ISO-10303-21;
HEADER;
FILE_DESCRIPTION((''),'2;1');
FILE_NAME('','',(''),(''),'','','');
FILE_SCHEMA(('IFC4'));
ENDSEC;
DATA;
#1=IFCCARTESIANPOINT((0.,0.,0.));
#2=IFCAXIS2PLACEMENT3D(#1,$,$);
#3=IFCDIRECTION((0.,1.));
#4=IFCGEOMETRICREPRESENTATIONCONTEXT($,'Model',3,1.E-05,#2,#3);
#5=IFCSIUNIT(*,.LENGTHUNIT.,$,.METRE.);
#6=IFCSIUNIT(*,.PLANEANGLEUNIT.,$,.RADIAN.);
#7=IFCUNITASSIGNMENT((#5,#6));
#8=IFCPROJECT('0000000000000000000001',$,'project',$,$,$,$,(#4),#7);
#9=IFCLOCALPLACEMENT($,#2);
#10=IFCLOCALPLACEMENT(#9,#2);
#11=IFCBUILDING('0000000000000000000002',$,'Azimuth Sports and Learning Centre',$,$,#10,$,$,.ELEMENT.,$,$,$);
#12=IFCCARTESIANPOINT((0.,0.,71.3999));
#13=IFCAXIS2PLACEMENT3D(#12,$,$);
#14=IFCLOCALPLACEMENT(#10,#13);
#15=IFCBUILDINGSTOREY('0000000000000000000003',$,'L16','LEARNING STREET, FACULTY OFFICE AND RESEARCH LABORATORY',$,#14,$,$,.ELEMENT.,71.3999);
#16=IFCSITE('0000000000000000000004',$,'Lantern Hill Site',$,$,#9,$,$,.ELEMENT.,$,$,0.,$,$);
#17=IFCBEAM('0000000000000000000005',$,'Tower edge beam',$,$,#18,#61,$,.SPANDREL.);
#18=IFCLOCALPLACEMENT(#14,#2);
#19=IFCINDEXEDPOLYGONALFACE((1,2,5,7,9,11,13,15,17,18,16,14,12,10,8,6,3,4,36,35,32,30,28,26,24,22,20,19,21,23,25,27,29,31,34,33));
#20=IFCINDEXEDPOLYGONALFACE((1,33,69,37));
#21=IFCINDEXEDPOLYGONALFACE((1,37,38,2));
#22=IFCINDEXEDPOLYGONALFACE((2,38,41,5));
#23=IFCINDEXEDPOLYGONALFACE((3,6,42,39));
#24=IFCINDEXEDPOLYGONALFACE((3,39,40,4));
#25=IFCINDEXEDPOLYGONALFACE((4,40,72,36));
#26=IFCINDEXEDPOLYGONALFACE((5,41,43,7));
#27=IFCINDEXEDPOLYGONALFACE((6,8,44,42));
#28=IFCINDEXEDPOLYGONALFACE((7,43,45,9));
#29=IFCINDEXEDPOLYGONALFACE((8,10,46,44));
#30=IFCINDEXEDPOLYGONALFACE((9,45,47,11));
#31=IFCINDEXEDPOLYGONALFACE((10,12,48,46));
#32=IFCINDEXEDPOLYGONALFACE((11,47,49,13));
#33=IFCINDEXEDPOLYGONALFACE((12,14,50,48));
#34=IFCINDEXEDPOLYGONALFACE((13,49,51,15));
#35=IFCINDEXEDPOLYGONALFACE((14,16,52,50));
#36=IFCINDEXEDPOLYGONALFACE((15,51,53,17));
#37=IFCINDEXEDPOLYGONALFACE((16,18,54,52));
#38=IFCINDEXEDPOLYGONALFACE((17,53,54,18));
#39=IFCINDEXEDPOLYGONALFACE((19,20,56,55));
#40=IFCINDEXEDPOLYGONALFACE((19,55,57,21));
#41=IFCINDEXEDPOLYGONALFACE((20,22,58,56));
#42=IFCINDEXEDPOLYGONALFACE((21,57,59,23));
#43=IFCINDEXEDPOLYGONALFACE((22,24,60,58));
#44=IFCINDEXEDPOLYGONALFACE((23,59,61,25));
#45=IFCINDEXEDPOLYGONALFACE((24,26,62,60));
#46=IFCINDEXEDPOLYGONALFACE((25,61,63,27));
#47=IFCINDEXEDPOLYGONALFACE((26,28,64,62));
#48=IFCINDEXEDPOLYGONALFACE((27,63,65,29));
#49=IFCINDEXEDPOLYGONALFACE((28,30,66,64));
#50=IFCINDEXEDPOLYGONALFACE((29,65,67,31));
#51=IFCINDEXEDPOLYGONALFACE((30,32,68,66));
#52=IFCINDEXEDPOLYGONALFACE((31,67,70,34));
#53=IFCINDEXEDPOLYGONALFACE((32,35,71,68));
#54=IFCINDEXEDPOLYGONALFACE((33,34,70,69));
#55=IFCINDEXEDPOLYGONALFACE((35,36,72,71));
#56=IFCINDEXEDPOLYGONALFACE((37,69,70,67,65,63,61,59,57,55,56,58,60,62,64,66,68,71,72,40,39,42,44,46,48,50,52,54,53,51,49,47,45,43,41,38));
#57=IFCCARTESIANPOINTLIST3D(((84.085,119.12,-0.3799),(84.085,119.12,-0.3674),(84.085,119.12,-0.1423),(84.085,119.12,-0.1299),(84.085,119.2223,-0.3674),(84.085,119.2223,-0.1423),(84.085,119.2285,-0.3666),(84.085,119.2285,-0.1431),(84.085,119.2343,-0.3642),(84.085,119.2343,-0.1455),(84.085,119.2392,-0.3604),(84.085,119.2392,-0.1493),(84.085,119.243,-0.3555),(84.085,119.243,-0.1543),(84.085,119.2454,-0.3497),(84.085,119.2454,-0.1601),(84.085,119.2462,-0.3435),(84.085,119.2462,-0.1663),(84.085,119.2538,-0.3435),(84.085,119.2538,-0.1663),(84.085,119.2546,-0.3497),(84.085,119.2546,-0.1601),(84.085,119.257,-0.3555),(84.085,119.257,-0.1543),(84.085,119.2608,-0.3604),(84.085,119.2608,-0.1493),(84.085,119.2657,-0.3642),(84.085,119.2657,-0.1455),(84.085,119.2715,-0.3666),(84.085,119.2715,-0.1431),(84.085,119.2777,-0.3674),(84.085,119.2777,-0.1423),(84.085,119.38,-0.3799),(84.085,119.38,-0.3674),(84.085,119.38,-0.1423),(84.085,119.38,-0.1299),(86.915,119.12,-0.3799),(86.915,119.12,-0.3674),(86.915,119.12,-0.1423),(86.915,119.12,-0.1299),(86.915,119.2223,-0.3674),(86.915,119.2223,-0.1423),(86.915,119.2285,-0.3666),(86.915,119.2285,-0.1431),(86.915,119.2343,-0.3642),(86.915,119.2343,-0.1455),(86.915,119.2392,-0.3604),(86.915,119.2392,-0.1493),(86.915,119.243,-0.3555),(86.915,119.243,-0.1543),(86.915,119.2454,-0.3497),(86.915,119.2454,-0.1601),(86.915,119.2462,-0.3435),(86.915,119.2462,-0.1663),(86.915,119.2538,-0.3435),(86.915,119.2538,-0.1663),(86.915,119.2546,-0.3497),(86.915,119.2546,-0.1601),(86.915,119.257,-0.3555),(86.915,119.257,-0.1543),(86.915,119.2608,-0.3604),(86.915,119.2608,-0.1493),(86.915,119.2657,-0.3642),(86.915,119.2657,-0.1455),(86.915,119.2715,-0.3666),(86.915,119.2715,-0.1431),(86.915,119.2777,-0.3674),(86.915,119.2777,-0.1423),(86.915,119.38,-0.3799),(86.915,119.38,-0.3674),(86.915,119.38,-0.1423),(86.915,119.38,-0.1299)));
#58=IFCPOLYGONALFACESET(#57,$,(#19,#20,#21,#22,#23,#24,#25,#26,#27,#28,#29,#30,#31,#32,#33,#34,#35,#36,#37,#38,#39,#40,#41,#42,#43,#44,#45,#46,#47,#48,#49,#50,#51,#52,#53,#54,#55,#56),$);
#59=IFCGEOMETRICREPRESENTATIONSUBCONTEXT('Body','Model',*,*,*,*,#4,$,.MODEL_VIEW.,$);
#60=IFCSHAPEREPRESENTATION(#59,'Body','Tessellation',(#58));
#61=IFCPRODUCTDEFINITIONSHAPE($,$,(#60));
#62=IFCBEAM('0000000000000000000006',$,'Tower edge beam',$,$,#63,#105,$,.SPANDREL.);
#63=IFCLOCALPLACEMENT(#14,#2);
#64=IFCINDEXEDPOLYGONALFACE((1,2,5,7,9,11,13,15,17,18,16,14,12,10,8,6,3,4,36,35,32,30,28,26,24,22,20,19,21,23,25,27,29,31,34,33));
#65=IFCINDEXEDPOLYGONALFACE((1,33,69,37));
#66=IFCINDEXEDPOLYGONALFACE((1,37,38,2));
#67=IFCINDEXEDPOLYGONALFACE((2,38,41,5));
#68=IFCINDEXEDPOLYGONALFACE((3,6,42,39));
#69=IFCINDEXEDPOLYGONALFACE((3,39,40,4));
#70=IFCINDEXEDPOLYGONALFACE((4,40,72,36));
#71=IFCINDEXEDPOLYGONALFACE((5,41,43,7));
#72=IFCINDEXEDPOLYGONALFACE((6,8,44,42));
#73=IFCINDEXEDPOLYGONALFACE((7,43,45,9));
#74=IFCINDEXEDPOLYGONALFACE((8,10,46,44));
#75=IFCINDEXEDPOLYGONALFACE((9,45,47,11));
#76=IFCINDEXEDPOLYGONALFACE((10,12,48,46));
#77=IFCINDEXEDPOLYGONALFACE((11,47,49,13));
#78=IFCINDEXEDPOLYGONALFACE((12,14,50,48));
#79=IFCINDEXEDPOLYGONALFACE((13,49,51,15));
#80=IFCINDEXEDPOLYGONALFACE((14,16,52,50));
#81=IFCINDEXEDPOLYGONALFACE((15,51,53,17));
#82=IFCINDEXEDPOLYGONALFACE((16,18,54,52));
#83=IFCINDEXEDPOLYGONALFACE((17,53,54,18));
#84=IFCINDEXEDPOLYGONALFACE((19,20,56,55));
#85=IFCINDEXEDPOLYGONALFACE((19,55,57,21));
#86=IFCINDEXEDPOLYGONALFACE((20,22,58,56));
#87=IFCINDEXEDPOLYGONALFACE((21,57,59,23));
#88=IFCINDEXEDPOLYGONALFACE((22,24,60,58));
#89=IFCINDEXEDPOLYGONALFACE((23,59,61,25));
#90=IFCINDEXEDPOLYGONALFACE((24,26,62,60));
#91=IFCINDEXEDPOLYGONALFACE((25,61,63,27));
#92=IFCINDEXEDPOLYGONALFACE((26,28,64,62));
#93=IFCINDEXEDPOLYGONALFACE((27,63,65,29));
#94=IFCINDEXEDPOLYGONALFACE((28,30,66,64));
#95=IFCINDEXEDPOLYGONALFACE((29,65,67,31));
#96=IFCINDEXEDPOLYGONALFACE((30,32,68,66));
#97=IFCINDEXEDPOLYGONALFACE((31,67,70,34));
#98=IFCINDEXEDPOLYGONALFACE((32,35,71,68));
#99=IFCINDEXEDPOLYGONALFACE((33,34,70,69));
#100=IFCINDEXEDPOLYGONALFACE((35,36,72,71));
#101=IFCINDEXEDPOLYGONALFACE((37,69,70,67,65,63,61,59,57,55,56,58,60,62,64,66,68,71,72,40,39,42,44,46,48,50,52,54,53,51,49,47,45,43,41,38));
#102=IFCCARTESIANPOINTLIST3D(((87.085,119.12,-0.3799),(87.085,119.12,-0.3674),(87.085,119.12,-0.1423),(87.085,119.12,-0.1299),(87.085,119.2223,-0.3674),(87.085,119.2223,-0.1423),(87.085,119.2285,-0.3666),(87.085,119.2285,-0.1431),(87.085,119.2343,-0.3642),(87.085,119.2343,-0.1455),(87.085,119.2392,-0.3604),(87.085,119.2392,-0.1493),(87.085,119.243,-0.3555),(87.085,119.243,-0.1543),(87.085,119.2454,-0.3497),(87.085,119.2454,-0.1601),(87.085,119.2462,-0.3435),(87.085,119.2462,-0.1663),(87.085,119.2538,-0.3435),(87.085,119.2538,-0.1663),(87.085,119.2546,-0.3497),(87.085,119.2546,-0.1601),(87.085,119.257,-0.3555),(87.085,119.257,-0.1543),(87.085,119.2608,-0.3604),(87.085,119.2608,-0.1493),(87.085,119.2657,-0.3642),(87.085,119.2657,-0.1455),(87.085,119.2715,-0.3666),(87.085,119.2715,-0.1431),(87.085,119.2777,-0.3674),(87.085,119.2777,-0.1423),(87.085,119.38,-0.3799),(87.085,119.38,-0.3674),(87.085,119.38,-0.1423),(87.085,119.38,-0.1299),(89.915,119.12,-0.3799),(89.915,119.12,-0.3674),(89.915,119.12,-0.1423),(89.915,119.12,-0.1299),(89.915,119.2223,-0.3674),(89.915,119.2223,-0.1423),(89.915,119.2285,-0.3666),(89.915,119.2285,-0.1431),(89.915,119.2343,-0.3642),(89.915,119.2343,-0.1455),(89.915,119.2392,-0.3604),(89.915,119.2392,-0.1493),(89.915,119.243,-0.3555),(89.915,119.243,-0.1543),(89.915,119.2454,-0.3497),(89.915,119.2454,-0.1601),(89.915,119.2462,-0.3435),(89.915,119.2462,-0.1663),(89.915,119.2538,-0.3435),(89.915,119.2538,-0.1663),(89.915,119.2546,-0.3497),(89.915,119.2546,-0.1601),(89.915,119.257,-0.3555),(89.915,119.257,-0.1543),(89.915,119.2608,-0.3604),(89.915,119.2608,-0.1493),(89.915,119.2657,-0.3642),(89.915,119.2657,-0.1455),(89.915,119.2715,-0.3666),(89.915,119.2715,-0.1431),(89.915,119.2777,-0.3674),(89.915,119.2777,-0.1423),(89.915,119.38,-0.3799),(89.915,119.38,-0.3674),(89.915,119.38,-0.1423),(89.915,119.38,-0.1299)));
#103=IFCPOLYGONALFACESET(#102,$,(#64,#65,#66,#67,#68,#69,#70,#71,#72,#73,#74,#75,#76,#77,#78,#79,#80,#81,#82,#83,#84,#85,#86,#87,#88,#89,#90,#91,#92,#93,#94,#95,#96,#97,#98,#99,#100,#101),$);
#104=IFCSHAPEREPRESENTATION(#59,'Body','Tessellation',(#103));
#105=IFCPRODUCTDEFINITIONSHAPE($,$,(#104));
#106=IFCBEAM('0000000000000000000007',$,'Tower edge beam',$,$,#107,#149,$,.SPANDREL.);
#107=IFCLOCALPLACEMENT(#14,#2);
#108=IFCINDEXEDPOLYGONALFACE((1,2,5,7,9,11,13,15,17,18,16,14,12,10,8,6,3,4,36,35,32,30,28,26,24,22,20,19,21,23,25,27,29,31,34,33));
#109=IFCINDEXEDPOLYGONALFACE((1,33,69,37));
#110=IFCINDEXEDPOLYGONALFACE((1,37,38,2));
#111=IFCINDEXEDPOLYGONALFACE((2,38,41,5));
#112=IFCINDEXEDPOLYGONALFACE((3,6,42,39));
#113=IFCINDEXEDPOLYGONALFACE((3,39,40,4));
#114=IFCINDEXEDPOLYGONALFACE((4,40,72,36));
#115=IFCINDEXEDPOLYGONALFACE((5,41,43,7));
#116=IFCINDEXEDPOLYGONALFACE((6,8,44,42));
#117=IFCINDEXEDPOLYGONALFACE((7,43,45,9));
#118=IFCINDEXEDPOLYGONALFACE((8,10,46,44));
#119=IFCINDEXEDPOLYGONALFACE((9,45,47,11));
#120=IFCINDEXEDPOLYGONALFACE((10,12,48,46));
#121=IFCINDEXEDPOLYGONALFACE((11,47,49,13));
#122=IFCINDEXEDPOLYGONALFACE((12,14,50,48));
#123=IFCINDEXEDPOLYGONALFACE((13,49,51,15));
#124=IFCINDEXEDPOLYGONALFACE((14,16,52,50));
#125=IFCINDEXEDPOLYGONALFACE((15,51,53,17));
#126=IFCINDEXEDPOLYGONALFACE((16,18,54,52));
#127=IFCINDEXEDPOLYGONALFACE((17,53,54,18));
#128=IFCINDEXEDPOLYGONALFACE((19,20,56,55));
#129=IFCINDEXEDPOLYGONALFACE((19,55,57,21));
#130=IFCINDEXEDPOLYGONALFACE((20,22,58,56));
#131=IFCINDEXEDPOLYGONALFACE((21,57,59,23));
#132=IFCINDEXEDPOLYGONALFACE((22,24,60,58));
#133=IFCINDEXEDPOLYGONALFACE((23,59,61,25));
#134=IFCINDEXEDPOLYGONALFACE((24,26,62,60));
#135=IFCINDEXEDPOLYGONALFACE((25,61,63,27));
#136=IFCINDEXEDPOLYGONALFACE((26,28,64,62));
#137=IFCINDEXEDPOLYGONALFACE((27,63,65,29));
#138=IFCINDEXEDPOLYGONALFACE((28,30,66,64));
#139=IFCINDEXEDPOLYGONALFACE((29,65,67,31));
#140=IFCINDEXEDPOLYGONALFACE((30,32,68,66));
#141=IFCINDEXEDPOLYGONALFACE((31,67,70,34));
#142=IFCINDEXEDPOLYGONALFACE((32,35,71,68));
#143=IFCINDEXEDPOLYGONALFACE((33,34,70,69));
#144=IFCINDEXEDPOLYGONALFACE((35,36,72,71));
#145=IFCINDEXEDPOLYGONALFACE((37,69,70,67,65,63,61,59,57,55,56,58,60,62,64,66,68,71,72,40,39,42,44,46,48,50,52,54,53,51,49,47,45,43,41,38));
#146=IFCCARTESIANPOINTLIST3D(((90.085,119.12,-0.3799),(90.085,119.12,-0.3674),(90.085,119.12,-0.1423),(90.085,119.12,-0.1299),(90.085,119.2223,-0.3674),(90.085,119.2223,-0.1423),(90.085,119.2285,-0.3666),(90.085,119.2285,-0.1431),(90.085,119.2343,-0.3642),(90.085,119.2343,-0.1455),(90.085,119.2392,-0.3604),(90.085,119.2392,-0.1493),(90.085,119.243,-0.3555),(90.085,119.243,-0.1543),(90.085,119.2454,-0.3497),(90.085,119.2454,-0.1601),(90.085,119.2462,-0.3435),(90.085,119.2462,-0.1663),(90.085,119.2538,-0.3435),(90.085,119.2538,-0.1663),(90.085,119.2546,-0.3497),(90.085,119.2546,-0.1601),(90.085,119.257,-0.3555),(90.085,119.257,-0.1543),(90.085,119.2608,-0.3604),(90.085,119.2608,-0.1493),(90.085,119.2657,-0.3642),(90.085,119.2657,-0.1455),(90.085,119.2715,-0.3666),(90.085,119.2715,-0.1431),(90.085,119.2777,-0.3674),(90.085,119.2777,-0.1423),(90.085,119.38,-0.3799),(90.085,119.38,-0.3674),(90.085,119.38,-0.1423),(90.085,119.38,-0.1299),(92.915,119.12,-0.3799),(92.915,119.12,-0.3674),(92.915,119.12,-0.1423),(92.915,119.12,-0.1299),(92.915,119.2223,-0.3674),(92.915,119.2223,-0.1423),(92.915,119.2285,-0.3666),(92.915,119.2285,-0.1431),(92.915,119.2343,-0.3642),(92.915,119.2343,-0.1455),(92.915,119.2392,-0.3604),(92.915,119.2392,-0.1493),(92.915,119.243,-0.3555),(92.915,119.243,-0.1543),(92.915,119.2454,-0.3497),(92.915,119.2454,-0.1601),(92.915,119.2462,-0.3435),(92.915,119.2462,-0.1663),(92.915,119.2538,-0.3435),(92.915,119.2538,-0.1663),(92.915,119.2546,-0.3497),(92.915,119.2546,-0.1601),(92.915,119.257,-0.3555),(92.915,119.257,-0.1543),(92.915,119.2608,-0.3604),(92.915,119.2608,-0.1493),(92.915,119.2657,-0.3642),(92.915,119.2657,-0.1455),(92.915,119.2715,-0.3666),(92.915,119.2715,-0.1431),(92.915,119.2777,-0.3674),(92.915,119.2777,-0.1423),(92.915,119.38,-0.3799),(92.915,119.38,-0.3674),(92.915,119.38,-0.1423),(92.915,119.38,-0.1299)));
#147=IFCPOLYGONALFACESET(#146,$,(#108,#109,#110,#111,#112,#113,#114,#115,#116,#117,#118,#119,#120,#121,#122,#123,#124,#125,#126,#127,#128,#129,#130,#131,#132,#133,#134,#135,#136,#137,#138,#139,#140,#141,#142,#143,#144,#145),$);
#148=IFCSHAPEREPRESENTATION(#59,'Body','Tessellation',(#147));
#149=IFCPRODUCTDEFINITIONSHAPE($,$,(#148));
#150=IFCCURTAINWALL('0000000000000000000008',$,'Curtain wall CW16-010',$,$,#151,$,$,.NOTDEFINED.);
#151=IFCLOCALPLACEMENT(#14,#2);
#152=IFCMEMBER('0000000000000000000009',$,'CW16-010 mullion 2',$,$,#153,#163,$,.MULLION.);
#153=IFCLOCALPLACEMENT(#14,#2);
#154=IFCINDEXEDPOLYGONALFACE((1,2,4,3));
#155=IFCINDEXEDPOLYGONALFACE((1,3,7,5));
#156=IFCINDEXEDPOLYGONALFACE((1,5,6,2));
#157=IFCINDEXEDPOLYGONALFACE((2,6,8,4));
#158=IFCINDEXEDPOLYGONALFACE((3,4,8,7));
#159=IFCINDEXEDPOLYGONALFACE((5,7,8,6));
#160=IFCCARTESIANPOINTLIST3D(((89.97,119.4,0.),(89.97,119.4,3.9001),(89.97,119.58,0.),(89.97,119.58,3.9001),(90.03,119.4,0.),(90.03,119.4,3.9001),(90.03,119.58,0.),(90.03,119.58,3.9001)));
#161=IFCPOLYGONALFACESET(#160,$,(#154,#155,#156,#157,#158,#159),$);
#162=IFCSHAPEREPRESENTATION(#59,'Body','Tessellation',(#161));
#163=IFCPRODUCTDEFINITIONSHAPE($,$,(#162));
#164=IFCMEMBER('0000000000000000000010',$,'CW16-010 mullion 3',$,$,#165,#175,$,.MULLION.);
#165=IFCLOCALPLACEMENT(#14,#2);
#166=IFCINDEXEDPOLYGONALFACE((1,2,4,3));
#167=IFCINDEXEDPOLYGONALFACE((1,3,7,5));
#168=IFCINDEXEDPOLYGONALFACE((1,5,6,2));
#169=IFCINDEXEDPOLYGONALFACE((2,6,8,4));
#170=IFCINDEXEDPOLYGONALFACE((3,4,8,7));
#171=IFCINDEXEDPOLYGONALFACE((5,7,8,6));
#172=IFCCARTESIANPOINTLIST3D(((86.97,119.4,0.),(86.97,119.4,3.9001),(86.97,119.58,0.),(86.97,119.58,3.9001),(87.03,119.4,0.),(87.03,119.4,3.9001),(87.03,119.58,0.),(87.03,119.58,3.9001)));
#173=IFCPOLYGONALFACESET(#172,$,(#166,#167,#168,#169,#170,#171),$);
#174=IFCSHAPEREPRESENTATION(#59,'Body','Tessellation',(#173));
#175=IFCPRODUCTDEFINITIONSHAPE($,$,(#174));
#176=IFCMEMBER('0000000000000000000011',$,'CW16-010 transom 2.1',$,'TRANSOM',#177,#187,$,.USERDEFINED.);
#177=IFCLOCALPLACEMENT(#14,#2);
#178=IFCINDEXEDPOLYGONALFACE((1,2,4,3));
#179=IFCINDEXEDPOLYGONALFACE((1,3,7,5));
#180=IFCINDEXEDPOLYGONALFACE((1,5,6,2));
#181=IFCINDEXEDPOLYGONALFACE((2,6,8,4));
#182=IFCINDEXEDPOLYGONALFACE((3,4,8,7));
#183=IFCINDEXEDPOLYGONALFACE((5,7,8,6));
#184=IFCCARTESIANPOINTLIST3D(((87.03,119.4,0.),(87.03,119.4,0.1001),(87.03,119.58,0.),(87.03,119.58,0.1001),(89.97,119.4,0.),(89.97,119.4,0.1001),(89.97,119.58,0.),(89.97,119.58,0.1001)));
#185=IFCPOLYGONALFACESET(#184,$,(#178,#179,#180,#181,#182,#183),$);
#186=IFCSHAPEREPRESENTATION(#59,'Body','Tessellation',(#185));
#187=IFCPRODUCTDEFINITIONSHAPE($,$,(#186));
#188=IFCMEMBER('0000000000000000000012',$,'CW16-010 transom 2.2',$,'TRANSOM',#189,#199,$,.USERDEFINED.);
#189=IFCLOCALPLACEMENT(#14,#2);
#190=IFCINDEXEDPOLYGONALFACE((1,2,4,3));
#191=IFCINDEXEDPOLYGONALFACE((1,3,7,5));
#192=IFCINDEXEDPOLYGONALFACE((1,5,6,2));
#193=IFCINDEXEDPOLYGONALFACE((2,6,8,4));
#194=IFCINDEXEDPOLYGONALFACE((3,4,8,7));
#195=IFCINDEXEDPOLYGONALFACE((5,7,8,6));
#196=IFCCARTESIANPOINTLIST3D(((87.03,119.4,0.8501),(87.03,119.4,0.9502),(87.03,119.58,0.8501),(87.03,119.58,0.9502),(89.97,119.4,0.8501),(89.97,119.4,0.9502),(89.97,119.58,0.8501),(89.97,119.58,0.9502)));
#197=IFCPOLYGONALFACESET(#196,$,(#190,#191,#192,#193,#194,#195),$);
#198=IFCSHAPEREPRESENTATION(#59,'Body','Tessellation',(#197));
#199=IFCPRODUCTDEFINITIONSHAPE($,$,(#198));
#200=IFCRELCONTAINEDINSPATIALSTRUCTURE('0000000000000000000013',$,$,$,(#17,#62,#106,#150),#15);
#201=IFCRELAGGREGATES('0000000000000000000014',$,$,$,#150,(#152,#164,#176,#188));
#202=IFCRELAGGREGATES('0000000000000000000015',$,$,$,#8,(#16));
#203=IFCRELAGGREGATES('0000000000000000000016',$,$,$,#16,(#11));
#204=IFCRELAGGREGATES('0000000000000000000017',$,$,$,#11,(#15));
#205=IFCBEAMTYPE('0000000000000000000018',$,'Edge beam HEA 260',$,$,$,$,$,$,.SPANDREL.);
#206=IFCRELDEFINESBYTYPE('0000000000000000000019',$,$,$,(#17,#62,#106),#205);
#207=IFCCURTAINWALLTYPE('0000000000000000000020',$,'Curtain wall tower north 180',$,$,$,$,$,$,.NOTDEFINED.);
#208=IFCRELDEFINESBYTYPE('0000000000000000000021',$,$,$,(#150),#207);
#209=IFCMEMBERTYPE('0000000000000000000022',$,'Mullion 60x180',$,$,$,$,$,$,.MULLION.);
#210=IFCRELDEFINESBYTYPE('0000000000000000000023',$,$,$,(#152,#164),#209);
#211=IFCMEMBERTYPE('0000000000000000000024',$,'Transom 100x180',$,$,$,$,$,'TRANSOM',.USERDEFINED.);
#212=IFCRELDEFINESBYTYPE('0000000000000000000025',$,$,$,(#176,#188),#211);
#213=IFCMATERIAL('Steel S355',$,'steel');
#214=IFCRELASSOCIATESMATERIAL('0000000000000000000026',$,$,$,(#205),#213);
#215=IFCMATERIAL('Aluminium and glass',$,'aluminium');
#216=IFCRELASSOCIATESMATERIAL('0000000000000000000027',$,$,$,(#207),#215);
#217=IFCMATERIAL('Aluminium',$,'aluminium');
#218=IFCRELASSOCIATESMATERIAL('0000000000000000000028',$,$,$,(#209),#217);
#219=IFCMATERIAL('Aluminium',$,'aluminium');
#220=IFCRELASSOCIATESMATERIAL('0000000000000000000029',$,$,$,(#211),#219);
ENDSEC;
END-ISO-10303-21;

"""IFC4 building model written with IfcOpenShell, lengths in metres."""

from ifc_helpers import new_model, si_unit, direction, frame, origin, origin_2d, place, context, subcontext, project, spatial, rectangle, i_section, extrude, material, material_profile, profile_set, type_object, element, aggregate, save


model = new_model("IFC4")

# Units and contexts
model_context = context("Model", 3, precision=1e-05, world=origin(), true_north=direction((0.0, 1.0)))
body_context = subcontext(model_context, "Body", "Model", "MODEL_VIEW")
ifc_project = project(units=[si_unit("LENGTHUNIT", "METRE"), si_unit("PLANEANGLEUNIT", "RADIAN")], contexts=[model_context])

# Site, building, storey
site_placement = place(None, origin())
site = spatial("IfcSite", under=ifc_project, at=site_placement, Name="Lantern Hill Site", CompositionType="ELEMENT", RefElevation=0.0)
building_placement = place(site_placement, origin())
building = spatial("IfcBuilding", under=site, at=building_placement, Name="Azimuth Sports and Learning Centre", CompositionType="ELEMENT")
storey_placement = place(building_placement, frame((0.0, 0.0, 71.3999)))
storey = spatial("IfcBuildingStorey", under=building, at=storey_placement, Name="L16", Description="LEARNING STREET, FACULTY OFFICE AND RESEARCH LABORATORY", CompositionType="ELEMENT", Elevation=71.3999)

# Beams
ifc_material_1 = material(Name="Steel S355", Category="steel")
ifc_material_profile_1 = material_profile(ifc_material_1, i_section(OverallWidth=0.26, OverallDepth=0.25, WebThickness=0.0076, FlangeThickness=0.0125, FilletRadius=0.0239, at=origin_2d()), Name="HEA 260")
ifc_profile_set_1 = profile_set([ifc_material_profile_1], Name="Steel S355")
beam_type = type_object("IfcBeamType", Name="Edge beam HEA 260", PredefinedType="SPANDREL", material=ifc_profile_set_1)
for number, where, z_axis, x_axis, name in (
    (1, (84.085, 119.25, -0.2549), (1.0, 0.0, 0.0), (0.0, 1.0, 0.0), "Tower edge beam"),
    (2, (87.085, 119.25, -0.2549), (1.0, 0.0, 0.0), (0.0, 1.0, 0.0), "Tower edge beam"),
    (3, (90.085, 119.25, -0.2549), (1.0, 0.0, 0.0), (0.0, 1.0, 0.0), "Tower edge beam"),
):
    element("IfcBeam", number, at=place(storey_placement, frame(where, z_axis=z_axis, x_axis=x_axis)), inside=storey, type_object=beam_type, Name=name, PredefinedType="SPANDREL", context=body_context, shape_type="SweptSolid", body=[
        extrude(i_section(OverallWidth=0.26, OverallDepth=0.25, WebThickness=0.0076, FlangeThickness=0.0125, FilletRadius=0.0239, at=origin_2d()), origin(), (0.0, 0.0, 1.0), 2.8301),
    ])

# Curtain wall, members
ifc_material_2 = material(Name="Aluminium and glass", Category="aluminium")
curtain_wall_type = type_object("IfcCurtainWallType", Name="Curtain wall tower north 180", PredefinedType="NOTDEFINED", material=ifc_material_2)
curtain_wall_placement = place(storey_placement, origin())
curtain_wall = element("IfcCurtainWall", 4, at=curtain_wall_placement, inside=storey, type_object=curtain_wall_type, Name="Curtain wall CW16-010", PredefinedType="NOTDEFINED")
ifc_material_3 = material(Name="Aluminium", Category="aluminium")
ifc_material_profile_2 = material_profile(ifc_material_3, rectangle(XDim=0.1799, YDim=0.0601, at=origin_2d()), Name="Mullion 60x180")
ifc_profile_set_2 = profile_set([ifc_material_profile_2], Name="Aluminium")
member_type_1 = type_object("IfcMemberType", Name="Mullion 60x180", PredefinedType="MULLION", material=ifc_profile_set_2)
member_1_placement = place(storey_placement, frame((90.0, 119.49, 0.0), z_axis=(0.0, 0.0, 1.0), x_axis=(0.0, -1.0, 0.0)))
member_1 = element("IfcMember", 5, at=member_1_placement, type_object=member_type_1, Name="CW16-010 mullion 2", PredefinedType="MULLION", context=body_context, shape_type="SweptSolid", body=[
    extrude(rectangle(XDim=0.1799, YDim=0.0601, at=origin_2d()), origin(), (0.0, 0.0, 1.0), 3.9001),
])
member_2_placement = place(storey_placement, frame((87.0, 119.49, 0.0), z_axis=(0.0, 0.0, 1.0), x_axis=(0.0, -1.0, 0.0)))
member_2 = element("IfcMember", 6, at=member_2_placement, type_object=member_type_1, Name="CW16-010 mullion 3", PredefinedType="MULLION", context=body_context, shape_type="SweptSolid", body=[
    extrude(rectangle(XDim=0.1799, YDim=0.0601, at=origin_2d()), origin(), (0.0, 0.0, 1.0), 3.9001),
])
ifc_material_4 = material(Name="Aluminium", Category="aluminium")
ifc_material_profile_3 = material_profile(ifc_material_4, rectangle(XDim=0.1799, YDim=0.1001, at=origin_2d()), Name="Transom 100x180")
ifc_profile_set_3 = profile_set([ifc_material_profile_3], Name="Aluminium")
member_type_2 = type_object("IfcMemberType", Name="Transom 100x180", ElementType="TRANSOM", PredefinedType="USERDEFINED", material=ifc_profile_set_3)
member_3_placement = place(storey_placement, frame((89.97, 119.49, 0.05), z_axis=(-1.0, 0.0, 0.0), x_axis=(0.0, -1.0, 0.0)))
member_3 = element("IfcMember", 7, at=member_3_placement, type_object=member_type_2, Name="CW16-010 transom 2.1", ObjectType="TRANSOM", PredefinedType="USERDEFINED", context=body_context, shape_type="SweptSolid", body=[
    extrude(rectangle(XDim=0.1799, YDim=0.1001, at=origin_2d()), origin(), (0.0, 0.0, 1.0), 2.9399),
])
member_4_placement = place(storey_placement, frame((89.97, 119.49, 0.9001), z_axis=(-1.0, 0.0, 0.0), x_axis=(0.0, -1.0, 0.0)))
member_4 = element("IfcMember", 8, at=member_4_placement, type_object=member_type_2, Name="CW16-010 transom 2.2", ObjectType="TRANSOM", PredefinedType="USERDEFINED", context=body_context, shape_type="SweptSolid", body=[
    extrude(rectangle(XDim=0.1799, YDim=0.1001, at=origin_2d()), origin(), (0.0, 0.0, 1.0), 2.9399),
])
aggregate(curtain_wall, [member_1, member_2, member_3, member_4])

save(model, "model.ifc")
